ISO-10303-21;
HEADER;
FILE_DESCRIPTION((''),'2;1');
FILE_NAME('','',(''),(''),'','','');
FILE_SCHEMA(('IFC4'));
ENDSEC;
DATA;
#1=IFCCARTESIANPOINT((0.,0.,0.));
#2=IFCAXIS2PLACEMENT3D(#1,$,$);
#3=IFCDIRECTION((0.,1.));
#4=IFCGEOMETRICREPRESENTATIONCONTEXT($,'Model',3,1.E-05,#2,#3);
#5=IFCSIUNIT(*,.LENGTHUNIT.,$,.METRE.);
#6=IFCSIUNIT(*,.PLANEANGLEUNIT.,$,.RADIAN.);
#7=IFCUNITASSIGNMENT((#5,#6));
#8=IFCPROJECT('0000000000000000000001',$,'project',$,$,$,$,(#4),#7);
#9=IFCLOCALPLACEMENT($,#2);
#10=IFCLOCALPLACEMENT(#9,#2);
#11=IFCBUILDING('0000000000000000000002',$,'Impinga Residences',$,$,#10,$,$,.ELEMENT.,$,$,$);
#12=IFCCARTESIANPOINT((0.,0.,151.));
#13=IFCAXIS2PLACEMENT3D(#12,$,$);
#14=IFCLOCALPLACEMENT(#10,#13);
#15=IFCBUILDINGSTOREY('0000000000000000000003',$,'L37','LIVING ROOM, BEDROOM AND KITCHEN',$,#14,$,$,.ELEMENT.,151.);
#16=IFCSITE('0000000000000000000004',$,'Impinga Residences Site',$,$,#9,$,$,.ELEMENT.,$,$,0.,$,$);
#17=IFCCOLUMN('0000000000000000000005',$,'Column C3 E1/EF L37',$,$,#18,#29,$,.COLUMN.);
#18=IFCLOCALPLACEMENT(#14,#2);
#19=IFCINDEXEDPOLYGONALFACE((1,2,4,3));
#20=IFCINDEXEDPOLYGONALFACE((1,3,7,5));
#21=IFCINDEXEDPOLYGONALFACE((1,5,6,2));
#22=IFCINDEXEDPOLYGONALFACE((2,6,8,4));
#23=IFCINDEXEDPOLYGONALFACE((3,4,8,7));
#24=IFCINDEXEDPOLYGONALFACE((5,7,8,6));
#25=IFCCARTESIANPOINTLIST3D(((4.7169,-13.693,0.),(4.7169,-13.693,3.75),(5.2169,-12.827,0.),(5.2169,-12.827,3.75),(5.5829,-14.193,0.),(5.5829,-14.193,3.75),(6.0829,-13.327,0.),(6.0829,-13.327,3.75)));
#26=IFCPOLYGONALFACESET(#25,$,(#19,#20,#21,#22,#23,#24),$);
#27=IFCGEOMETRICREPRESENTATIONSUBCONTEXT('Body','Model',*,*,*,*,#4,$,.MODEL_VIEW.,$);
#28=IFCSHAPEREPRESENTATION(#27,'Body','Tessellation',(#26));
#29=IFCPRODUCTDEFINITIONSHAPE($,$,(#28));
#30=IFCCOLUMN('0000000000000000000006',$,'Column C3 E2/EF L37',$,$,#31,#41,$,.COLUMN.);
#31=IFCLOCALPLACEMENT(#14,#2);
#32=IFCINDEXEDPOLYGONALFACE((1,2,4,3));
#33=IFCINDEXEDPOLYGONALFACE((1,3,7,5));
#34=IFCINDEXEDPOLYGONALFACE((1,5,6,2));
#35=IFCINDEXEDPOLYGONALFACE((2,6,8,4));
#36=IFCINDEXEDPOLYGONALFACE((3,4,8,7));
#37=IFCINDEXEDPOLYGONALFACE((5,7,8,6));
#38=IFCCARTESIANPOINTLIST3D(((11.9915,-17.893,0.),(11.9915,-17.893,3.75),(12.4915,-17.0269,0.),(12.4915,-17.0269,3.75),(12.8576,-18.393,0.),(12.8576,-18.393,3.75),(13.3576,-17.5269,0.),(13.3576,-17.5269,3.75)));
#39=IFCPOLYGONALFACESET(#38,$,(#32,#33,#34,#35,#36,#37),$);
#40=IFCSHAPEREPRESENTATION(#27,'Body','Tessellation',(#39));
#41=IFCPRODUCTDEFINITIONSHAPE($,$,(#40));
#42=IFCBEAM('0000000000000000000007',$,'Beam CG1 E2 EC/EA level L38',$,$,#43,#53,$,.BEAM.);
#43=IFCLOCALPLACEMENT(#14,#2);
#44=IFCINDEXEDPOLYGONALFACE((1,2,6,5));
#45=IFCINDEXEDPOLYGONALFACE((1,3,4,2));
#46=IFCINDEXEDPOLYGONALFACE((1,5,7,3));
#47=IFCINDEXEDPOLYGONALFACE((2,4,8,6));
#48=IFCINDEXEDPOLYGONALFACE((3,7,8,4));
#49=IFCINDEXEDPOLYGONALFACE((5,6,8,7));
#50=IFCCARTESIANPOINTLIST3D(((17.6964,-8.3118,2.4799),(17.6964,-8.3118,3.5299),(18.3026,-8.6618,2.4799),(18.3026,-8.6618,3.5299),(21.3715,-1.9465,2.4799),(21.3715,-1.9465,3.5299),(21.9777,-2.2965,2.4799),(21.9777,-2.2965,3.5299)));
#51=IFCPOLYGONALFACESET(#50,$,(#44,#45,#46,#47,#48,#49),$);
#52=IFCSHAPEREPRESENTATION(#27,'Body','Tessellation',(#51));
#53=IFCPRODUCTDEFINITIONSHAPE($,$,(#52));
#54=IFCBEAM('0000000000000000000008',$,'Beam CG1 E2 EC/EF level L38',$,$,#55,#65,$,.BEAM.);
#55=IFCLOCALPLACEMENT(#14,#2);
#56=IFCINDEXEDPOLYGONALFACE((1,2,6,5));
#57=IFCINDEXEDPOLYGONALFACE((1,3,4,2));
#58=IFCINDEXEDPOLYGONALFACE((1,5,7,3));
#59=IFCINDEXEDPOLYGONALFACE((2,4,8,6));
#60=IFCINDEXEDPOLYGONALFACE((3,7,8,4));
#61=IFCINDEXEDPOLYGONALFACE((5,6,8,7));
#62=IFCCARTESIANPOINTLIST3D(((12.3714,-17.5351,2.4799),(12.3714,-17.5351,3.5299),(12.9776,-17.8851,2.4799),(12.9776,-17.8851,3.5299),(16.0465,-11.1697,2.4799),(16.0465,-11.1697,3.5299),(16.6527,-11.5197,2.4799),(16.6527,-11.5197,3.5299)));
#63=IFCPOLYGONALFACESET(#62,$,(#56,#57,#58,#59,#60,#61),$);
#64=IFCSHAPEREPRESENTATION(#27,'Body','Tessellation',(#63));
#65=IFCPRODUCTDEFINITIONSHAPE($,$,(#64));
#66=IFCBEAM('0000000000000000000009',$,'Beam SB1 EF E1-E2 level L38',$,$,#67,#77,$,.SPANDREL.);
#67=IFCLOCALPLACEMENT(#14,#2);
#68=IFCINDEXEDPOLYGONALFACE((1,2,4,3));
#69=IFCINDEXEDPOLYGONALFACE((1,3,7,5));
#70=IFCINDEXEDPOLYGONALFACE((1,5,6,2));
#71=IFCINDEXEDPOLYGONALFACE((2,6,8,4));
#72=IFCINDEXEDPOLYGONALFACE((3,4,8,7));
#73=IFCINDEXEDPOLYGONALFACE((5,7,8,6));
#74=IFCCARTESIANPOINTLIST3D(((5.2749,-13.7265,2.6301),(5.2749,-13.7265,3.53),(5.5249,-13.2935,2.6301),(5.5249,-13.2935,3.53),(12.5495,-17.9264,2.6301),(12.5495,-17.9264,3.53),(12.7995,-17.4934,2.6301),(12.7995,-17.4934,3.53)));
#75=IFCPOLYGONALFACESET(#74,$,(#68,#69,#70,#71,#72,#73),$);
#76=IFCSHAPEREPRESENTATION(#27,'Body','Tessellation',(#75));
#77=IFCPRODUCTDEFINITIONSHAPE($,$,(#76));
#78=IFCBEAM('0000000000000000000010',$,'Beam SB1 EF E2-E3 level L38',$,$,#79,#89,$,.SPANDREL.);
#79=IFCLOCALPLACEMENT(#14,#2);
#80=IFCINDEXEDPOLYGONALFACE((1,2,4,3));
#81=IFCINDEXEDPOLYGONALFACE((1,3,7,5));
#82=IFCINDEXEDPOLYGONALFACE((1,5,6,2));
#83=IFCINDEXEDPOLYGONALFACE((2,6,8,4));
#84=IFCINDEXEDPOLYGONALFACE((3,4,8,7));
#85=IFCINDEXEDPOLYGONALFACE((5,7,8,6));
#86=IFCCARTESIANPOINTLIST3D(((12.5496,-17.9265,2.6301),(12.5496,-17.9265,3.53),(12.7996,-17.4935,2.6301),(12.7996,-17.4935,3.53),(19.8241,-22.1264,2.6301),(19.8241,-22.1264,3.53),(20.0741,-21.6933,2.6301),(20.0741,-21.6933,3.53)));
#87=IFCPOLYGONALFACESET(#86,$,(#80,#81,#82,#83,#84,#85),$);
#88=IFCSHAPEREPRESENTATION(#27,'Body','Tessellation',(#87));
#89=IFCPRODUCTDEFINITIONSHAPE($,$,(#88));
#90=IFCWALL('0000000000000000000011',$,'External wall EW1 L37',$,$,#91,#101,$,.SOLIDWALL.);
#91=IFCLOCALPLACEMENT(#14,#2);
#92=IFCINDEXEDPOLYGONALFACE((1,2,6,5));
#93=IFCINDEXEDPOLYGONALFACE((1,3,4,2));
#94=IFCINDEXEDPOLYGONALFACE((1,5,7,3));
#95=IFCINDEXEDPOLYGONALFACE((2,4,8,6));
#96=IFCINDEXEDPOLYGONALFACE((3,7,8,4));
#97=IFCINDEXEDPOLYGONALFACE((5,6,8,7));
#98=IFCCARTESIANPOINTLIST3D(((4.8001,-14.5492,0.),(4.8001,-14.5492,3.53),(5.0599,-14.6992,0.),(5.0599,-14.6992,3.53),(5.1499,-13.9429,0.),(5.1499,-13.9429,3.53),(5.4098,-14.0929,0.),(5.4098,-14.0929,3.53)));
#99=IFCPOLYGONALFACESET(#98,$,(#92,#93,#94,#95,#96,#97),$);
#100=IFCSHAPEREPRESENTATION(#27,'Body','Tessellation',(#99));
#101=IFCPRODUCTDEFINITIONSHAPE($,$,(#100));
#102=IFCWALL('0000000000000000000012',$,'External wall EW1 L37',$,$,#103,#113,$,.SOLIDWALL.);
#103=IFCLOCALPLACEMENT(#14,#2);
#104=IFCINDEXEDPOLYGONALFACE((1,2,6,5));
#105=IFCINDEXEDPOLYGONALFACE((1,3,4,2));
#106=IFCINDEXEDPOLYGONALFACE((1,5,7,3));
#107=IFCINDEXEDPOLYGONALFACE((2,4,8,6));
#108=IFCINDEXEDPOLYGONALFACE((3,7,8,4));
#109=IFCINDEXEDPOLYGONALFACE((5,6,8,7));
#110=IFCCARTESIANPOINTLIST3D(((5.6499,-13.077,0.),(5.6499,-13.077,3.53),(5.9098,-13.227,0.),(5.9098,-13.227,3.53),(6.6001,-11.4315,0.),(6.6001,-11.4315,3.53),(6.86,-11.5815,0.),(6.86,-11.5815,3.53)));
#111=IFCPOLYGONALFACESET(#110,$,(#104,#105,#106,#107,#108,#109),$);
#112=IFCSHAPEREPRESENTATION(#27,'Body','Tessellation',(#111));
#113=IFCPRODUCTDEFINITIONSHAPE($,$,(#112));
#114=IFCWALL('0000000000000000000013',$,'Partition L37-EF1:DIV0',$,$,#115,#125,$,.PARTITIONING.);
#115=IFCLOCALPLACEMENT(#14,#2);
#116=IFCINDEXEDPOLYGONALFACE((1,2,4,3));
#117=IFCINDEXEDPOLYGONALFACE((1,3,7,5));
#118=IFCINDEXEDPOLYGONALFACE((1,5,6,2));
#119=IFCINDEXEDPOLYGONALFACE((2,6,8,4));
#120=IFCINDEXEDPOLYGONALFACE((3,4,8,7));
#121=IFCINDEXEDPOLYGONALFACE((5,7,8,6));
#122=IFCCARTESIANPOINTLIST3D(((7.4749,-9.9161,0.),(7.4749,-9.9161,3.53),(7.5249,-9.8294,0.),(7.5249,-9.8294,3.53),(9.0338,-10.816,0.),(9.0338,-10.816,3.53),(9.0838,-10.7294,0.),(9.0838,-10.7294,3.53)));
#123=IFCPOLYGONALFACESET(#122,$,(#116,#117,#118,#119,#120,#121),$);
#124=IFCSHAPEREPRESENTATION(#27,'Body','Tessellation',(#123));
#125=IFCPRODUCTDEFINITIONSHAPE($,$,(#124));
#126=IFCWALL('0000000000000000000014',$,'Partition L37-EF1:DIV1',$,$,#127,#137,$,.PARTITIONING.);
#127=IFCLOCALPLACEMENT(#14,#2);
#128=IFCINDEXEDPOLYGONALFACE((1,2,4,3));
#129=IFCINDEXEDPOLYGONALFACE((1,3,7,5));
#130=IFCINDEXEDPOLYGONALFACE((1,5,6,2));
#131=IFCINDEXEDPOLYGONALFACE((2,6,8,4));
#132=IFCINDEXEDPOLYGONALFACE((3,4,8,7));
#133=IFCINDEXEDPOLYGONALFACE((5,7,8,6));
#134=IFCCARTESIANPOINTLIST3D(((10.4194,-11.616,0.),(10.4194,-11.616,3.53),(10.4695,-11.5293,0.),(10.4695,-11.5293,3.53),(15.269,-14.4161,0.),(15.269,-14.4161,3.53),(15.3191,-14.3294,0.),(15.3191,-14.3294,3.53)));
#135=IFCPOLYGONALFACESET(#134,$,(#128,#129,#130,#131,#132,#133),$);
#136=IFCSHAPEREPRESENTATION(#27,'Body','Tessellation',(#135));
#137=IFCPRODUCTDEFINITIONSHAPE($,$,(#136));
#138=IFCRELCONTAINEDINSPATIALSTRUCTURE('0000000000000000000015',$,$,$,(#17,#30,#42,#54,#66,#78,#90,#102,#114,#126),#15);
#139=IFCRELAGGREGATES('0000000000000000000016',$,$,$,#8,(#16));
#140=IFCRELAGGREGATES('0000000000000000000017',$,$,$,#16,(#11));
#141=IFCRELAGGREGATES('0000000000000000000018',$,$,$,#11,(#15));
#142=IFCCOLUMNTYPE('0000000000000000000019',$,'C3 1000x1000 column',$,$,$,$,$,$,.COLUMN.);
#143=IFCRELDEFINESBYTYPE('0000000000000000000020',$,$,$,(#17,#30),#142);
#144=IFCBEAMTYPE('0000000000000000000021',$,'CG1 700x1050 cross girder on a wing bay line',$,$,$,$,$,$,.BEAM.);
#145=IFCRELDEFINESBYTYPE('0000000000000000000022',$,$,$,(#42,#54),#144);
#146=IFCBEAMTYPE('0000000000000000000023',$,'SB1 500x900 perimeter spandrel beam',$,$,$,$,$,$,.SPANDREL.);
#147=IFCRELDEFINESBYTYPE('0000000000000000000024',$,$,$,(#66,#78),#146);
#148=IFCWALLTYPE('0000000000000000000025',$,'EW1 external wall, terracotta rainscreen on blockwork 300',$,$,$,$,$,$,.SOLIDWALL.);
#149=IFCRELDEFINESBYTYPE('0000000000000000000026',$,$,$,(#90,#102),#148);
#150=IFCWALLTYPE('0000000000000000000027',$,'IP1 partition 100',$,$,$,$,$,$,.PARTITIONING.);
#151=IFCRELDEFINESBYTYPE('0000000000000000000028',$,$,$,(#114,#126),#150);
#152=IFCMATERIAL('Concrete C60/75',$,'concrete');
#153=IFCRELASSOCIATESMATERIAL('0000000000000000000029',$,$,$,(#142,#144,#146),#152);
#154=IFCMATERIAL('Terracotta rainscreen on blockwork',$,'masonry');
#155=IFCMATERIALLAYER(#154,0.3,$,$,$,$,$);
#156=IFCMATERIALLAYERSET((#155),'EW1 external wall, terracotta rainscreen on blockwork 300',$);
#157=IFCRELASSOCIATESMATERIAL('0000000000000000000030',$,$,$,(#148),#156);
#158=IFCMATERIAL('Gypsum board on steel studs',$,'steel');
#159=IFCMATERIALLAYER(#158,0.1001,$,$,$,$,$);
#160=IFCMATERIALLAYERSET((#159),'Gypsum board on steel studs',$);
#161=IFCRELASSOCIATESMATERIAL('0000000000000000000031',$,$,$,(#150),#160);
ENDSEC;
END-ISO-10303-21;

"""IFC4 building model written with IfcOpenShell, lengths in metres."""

from ifc_helpers import new_model, si_unit, direction, frame, frame_2d, origin, origin_2d, place, context, subcontext, project, spatial, rectangle, extrude, material, layer, layer_set, material_profile, profile_set, type_object, element, save


model = new_model("IFC4")

# Units and contexts
model_context = context("Model", 3, precision=1e-05, world=origin(), true_north=direction((0.0, 1.0)))
body_context = subcontext(model_context, "Body", "Model", "MODEL_VIEW")
ifc_project = project(units=[si_unit("LENGTHUNIT", "METRE"), si_unit("PLANEANGLEUNIT", "RADIAN")], contexts=[model_context])

# Site, building, storey
site_placement = place(None, origin())
site = spatial("IfcSite", under=ifc_project, at=site_placement, Name="Impinga Residences Site", CompositionType="ELEMENT", RefElevation=0.0)
building_placement = place(site_placement, origin())
building = spatial("IfcBuilding", under=site, at=building_placement, Name="Impinga Residences", CompositionType="ELEMENT")
storey_placement = place(building_placement, frame((0.0, 0.0, 151.0)))
storey = spatial("IfcBuildingStorey", under=building, at=storey_placement, Name="L37", Description="LIVING ROOM, BEDROOM AND KITCHEN", CompositionType="ELEMENT", Elevation=151.0)

# Columns
ifc_material_1 = material(Name="Concrete C60/75", Category="concrete")
ifc_material_profile_1 = material_profile(ifc_material_1, rectangle(XDim=1.0, YDim=1.0, at=origin_2d()), Name="RC 1000x1000")
ifc_profile_set_1 = profile_set([ifc_material_profile_1], Name="Concrete C60/75")
column_type = type_object("IfcColumnType", Name="C3 1000x1000 column", PredefinedType="COLUMN", material=ifc_profile_set_1)
for number, where, z_axis, x_axis, name in (
    (1, (5.3999, -13.51, 0.0), (0.0, 0.0, 1.0), (-0.5, -0.866025, 0.0), "Column C3 E1/EF L37"),
    (2, (12.6746, -17.71, 0.0), (0.0, 0.0, 1.0), (-0.5, -0.866025, 0.0), "Column C3 E2/EF L37"),
):
    element("IfcColumn", number, at=place(storey_placement, frame(where, z_axis=z_axis, x_axis=x_axis)), inside=storey, type_object=column_type, Name=name, PredefinedType="COLUMN", context=body_context, shape_type="SweptSolid", body=[
        extrude(rectangle(XDim=1.0, YDim=1.0, at=origin_2d()), origin(), (0.0, 0.0, 1.0), 3.75),
    ])

# Beams
ifc_material_profile_2 = material_profile(ifc_material_1, rectangle(XDim=0.7, YDim=1.05, at=origin_2d()), Name="RC 700x1050")
ifc_profile_set_2 = profile_set([ifc_material_profile_2], Name="Concrete C60/75")
beam_type_1 = type_object("IfcBeamType", Name="CG1 700x1050 cross girder on a wing bay line", PredefinedType="BEAM", material=ifc_profile_set_2)
for number, where, z_axis, x_axis, name in (
    (3, (17.9995, -8.4868, 3.0049), (0.500008, 0.866021, 0.0), (-0.866021, 0.500008, 0.0), "Beam CG1 E2 EC/EA level L38"),
    (4, (16.3496, -11.3447, 3.0049), (-0.500008, -0.866021, 0.0), (0.866021, -0.500008, 0.0), "Beam CG1 E2 EC/EF level L38"),
):
    element("IfcBeam", number, at=place(storey_placement, frame(where, z_axis=z_axis, x_axis=x_axis)), inside=storey, type_object=beam_type_1, Name=name, PredefinedType="BEAM", context=body_context, shape_type="SweptSolid", body=[
        extrude(rectangle(XDim=0.7, YDim=1.05, at=origin_2d()), origin(), (0.0, 0.0, 1.0), 7.3501),
    ])
ifc_material_profile_3 = material_profile(ifc_material_1, rectangle(XDim=0.5, YDim=0.8999, at=origin_2d()), Name="RC 500x900")
ifc_profile_set_3 = profile_set([ifc_material_profile_3], Name="Concrete C60/75")
beam_type_2 = type_object("IfcBeamType", Name="SB1 500x900 perimeter spandrel beam", PredefinedType="SPANDREL", material=ifc_profile_set_3)
for number, where, z_axis, x_axis, name in (
    (5, (5.3999, -13.51, 3.0801), (0.866029, -0.499993, 0.0), (0.499993, 0.866029, 0.0), "Beam SB1 EF E1-E2 level L38"),
    (6, (12.6746, -17.71, 3.0801), (0.866029, -0.499993, 0.0), (0.499993, 0.866029, 0.0), "Beam SB1 EF E2-E3 level L38"),
):
    element("IfcBeam", number, at=place(storey_placement, frame(where, z_axis=z_axis, x_axis=x_axis)), inside=storey, type_object=beam_type_2, Name=name, PredefinedType="SPANDREL", context=body_context, shape_type="SweptSolid", body=[
        extrude(rectangle(XDim=0.5, YDim=0.8999, at=origin_2d()), origin(), (0.0, 0.0, 1.0), 8.3999),
    ])

# Walls
ifc_material_2 = material(Name="Terracotta rainscreen on blockwork", Category="masonry")
ifc_layer_1 = layer(ifc_material_2, 0.3)
ifc_layer_set_1 = layer_set([ifc_layer_1], Name="EW1 external wall, terracotta rainscreen on blockwork 300")
wall_type_1 = type_object("IfcWallType", Name="EW1 external wall, terracotta rainscreen on blockwork 300", PredefinedType="SOLIDWALL", material=ifc_layer_set_1)
wall_1_placement = place(storey_placement, frame((4.9299, -14.6243, 0.0), z_axis=(0.0, 0.0, 1.0), x_axis=(0.499853, 0.86611, 0.0)))
element("IfcWall", 7, at=wall_1_placement, inside=storey, type_object=wall_type_1, Name="External wall EW1 L37", PredefinedType="SOLIDWALL", context=body_context, shape_type="SweptSolid", body=[
    extrude(rectangle(XDim=0.7, YDim=0.3, at=frame_2d((0.3501, 0.0))), origin(), (0.0, 0.0, 1.0), 3.53),
])
wall_2_placement = place(storey_placement, frame((5.7798, -13.1521, 0.0), z_axis=(0.0, 0.0, 1.0), x_axis=(0.500064, 0.865989, 0.0)))
element("IfcWall", 8, at=wall_2_placement, inside=storey, type_object=wall_type_1, Name="External wall EW1 L37", PredefinedType="SOLIDWALL", context=body_context, shape_type="SweptSolid", body=[
    extrude(rectangle(XDim=1.9001, YDim=0.3, at=frame_2d((0.9502, 0.0))), origin(), (0.0, 0.0, 1.0), 3.53),
])
ifc_material_3 = material(Name="Gypsum board on steel studs", Category="steel")
ifc_layer_2 = layer(ifc_material_3, 0.1001)
ifc_layer_set_2 = layer_set([ifc_layer_2], Name="Gypsum board on steel studs")
wall_type_2 = type_object("IfcWallType", Name="IP1 partition 100", PredefinedType="PARTITIONING", material=ifc_layer_set_2)
wall_3_placement = place(storey_placement, frame((7.5, -9.8728, 0.0), z_axis=(0.0, 0.0, 1.0), x_axis=(0.866048, -0.499961, 0.0)))
element("IfcWall", 9, at=wall_3_placement, inside=storey, type_object=wall_type_2, Name="Partition L37-EF1:DIV0", PredefinedType="PARTITIONING", context=body_context, shape_type="SweptSolid", body=[
    extrude(rectangle(XDim=1.8, YDim=0.1001, at=frame_2d((0.8999, 0.0))), origin(), (0.0, 0.0, 1.0), 3.53),
])
wall_4_placement = place(storey_placement, frame((10.4446, -11.5728, 0.0), z_axis=(0.0, 0.0, 1.0), x_axis=(0.866016, -0.500017, 0.0)))
element("IfcWall", 10, at=wall_4_placement, inside=storey, type_object=wall_type_2, Name="Partition L37-EF1:DIV1", PredefinedType="PARTITIONING", context=body_context, shape_type="SweptSolid", body=[
    extrude(rectangle(XDim=5.5999, YDim=0.1001, at=frame_2d((2.7998, 0.0))), origin(), (0.0, 0.0, 1.0), 3.53),
])

save(model, "model.ifc")
